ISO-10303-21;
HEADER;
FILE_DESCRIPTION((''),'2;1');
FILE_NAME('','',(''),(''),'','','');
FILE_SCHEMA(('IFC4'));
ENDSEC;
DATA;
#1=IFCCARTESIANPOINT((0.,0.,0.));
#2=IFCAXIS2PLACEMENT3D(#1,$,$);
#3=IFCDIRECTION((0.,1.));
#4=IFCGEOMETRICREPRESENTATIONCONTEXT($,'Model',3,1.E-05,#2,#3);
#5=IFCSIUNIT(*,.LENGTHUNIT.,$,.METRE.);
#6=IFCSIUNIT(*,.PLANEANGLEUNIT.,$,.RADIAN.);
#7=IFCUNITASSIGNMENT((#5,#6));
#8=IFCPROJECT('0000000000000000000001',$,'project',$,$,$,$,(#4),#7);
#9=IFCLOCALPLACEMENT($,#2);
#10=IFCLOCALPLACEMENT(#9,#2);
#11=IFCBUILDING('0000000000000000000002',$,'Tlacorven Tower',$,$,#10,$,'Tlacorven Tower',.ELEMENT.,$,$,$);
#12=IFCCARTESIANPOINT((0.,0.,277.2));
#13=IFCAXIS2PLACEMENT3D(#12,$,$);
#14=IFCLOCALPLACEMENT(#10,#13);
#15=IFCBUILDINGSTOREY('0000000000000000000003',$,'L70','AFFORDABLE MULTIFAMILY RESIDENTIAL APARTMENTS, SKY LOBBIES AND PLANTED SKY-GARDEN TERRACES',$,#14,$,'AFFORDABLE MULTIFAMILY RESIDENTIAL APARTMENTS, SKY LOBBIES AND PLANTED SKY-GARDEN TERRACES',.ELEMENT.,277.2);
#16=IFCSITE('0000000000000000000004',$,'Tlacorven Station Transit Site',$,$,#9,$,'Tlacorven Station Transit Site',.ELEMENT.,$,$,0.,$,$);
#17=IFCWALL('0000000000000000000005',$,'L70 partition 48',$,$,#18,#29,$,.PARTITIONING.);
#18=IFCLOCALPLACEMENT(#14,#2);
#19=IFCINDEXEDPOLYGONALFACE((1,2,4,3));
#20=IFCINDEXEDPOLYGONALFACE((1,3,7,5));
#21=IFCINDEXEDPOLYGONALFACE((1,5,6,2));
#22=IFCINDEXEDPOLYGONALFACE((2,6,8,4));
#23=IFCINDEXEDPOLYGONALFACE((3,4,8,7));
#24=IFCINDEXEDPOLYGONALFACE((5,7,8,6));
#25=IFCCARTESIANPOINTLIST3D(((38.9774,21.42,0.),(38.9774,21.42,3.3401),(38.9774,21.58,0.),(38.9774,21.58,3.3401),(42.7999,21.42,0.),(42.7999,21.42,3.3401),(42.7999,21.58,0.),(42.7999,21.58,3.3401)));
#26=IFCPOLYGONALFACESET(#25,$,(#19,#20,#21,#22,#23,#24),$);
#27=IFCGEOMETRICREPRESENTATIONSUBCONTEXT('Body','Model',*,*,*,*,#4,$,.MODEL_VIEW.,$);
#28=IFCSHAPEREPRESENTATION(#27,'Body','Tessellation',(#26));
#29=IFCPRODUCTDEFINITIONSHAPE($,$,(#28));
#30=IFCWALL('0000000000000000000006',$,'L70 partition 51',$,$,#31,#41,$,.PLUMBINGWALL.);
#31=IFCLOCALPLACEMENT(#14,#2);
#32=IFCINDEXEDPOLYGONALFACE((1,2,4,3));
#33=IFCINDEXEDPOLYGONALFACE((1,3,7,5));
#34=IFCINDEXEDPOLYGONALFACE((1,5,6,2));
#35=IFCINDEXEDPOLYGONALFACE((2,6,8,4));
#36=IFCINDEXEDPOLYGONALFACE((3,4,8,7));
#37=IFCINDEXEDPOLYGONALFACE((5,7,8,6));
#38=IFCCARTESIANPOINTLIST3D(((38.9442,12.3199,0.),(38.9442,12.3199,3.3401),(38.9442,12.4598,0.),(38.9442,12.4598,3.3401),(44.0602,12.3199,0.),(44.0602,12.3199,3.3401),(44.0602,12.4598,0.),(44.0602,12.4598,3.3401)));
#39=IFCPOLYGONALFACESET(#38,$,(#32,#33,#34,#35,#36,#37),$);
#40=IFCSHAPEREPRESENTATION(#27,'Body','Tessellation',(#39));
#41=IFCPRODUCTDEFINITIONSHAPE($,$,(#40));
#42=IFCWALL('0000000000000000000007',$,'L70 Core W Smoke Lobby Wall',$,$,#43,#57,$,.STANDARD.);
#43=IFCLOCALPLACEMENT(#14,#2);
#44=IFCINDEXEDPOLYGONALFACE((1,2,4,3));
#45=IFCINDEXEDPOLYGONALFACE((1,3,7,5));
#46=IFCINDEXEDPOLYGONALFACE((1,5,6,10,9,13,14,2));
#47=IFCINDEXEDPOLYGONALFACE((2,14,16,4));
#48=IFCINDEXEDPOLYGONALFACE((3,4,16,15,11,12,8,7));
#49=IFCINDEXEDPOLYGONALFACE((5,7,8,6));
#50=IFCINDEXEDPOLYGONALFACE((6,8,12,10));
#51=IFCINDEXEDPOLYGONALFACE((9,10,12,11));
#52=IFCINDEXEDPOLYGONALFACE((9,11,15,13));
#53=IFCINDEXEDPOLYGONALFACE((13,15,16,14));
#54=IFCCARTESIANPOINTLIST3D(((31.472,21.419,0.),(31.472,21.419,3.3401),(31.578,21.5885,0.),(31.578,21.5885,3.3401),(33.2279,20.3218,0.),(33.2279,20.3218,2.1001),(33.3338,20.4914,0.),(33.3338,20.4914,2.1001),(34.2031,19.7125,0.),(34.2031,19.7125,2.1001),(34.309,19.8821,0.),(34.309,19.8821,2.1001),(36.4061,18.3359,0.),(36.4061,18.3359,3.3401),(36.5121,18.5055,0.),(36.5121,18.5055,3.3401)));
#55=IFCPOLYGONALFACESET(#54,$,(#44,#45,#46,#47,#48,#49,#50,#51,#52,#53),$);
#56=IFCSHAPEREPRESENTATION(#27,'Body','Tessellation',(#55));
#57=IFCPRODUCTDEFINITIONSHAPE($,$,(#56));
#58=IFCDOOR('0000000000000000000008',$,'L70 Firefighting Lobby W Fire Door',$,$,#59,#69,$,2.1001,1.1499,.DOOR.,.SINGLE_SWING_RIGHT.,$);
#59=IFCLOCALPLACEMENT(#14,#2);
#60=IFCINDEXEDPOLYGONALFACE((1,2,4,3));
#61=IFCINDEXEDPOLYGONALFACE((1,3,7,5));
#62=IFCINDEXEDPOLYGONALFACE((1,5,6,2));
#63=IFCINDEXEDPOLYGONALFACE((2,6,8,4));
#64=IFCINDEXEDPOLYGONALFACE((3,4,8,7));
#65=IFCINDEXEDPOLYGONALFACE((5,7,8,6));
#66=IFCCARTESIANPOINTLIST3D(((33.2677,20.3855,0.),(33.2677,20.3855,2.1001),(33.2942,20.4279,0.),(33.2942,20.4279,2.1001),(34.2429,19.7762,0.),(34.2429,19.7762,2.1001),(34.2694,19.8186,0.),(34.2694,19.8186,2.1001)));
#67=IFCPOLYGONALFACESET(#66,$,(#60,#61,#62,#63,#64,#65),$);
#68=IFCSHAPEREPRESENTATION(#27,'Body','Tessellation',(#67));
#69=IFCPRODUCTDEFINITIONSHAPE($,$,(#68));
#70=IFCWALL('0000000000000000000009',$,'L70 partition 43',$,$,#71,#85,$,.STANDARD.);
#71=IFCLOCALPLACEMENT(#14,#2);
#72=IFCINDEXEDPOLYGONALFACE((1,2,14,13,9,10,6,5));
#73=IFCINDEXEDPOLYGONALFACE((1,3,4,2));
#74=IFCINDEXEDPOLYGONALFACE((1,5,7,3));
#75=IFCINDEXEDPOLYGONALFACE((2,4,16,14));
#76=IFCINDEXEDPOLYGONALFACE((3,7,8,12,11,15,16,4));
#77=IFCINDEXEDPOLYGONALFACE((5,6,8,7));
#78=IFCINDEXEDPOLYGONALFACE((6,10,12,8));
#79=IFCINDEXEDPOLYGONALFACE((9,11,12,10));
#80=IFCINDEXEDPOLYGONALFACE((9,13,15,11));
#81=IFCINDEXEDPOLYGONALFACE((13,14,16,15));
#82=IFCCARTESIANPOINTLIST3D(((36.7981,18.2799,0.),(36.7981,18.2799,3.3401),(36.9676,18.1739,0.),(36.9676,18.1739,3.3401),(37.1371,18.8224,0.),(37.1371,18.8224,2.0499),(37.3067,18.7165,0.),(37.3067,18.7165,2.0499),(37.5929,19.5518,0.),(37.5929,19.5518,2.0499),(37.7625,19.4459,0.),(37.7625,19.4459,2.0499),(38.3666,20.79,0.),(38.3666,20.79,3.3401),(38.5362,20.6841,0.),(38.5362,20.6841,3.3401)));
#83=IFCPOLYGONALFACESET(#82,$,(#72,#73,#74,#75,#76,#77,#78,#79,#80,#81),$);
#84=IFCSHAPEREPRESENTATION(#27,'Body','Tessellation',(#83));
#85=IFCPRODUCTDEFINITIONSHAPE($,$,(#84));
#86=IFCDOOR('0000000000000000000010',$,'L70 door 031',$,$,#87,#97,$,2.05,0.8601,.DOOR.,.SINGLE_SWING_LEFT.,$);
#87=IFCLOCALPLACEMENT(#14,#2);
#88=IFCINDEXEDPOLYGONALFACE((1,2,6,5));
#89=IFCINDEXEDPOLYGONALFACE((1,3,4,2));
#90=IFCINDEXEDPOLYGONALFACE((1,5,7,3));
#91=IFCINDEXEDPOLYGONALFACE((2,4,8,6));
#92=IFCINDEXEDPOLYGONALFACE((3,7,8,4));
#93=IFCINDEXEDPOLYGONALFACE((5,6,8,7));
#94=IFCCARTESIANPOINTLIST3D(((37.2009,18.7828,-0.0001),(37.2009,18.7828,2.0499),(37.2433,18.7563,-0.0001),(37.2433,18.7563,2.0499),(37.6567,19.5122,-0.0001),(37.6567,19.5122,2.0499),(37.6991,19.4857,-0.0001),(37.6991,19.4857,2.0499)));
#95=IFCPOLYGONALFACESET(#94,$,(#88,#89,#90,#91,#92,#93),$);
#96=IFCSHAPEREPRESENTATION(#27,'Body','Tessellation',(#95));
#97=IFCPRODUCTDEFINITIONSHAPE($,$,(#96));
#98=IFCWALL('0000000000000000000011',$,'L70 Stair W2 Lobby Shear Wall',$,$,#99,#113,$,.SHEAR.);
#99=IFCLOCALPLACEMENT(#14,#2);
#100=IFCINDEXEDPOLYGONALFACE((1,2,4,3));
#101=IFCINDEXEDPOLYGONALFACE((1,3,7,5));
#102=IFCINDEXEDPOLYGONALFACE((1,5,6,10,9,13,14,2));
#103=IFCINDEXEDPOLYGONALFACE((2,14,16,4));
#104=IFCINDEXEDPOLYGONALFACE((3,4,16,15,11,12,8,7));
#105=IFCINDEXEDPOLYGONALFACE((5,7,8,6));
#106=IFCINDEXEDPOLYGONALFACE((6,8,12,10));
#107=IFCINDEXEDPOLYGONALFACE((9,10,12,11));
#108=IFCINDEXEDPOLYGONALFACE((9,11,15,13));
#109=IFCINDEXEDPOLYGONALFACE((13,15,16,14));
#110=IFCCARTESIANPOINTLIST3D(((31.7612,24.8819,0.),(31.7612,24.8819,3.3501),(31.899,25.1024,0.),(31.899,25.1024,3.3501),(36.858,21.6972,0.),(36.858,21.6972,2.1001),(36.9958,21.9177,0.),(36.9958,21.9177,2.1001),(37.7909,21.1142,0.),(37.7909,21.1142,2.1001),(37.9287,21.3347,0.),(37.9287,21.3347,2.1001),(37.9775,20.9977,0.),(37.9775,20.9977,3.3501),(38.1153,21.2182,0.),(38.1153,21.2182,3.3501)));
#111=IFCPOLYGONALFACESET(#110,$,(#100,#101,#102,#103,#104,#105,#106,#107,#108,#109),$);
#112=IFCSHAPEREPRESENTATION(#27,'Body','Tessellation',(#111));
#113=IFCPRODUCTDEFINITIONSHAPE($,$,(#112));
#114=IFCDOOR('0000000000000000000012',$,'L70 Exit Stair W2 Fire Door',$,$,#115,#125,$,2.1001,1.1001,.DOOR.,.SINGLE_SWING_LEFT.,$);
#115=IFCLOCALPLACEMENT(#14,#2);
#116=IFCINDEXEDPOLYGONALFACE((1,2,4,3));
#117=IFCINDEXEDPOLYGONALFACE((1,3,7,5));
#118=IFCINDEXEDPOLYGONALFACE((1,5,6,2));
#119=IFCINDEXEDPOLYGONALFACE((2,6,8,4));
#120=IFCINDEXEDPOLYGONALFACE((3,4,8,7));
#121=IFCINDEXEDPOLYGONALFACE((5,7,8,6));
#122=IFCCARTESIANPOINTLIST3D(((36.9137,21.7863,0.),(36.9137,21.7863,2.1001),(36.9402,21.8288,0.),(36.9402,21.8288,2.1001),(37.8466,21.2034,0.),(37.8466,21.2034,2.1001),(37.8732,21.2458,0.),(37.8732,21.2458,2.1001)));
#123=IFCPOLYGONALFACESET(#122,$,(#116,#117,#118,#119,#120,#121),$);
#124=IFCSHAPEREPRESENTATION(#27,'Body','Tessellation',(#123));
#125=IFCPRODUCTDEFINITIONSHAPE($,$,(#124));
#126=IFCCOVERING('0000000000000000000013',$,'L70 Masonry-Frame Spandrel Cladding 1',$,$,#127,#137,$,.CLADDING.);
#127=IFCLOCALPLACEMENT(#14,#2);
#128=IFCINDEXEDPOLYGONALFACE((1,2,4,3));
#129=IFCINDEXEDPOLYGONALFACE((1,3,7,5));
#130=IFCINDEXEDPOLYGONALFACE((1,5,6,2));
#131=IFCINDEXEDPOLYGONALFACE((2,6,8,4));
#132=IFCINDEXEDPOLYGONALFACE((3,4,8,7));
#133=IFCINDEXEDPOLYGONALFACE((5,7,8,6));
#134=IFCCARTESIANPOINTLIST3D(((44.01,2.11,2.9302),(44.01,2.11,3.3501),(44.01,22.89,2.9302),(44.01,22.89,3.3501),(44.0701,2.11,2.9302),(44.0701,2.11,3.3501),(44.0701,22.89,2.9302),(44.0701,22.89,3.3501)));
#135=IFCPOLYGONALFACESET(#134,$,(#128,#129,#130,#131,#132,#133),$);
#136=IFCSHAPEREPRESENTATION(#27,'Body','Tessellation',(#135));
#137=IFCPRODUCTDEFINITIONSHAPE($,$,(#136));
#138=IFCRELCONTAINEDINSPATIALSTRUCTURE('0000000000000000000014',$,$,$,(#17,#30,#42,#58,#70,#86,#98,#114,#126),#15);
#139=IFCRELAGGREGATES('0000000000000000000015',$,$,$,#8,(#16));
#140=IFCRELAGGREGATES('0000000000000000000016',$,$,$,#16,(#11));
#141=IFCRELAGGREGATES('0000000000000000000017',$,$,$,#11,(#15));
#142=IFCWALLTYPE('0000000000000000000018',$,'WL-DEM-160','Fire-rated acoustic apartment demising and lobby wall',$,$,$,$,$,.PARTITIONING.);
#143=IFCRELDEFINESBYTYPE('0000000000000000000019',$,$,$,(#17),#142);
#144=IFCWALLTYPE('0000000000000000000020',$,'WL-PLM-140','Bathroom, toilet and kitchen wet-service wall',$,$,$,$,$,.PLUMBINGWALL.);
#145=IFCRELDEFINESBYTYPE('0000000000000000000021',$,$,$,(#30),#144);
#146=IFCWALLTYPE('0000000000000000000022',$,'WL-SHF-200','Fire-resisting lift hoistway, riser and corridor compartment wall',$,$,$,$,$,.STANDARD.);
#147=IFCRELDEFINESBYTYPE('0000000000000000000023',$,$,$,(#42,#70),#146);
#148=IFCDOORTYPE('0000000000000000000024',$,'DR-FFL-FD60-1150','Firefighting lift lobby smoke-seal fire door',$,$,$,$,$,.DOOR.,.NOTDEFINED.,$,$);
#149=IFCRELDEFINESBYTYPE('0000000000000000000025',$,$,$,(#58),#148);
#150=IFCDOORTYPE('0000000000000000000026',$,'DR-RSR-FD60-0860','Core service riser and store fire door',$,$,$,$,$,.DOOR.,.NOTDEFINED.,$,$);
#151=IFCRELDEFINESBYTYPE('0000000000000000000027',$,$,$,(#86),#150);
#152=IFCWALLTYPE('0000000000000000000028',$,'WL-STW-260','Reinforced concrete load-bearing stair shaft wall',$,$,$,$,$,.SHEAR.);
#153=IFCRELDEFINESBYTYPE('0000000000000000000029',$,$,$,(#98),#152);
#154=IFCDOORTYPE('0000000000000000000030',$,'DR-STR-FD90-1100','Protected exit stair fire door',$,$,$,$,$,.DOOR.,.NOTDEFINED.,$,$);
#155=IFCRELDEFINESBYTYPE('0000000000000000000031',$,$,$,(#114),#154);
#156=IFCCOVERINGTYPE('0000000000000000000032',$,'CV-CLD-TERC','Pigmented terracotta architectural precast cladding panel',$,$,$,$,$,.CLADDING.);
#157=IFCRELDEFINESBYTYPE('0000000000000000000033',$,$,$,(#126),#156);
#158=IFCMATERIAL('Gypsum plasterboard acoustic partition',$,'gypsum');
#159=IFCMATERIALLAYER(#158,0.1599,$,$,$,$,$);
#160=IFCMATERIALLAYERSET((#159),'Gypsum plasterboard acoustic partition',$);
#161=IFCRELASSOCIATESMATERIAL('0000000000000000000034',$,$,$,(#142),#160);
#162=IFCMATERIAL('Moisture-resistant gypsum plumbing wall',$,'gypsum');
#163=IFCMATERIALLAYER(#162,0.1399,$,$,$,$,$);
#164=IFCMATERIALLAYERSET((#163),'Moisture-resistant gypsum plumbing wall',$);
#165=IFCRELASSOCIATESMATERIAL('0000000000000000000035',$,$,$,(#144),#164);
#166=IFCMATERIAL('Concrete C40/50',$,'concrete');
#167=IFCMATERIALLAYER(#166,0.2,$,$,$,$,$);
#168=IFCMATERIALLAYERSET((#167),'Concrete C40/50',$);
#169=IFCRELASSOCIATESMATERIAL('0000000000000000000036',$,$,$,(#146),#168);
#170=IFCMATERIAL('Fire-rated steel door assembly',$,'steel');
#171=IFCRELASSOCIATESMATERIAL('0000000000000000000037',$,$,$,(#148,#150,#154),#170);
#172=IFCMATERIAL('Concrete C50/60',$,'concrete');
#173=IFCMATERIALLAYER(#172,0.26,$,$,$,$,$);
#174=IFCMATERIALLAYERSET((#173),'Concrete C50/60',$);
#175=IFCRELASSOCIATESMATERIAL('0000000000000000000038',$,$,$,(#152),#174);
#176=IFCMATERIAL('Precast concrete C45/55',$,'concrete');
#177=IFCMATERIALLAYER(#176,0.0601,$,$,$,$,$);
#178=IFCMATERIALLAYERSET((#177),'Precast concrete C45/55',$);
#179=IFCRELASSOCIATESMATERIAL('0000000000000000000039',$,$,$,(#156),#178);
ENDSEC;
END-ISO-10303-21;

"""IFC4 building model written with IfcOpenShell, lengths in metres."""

from ifc_helpers import new_model, si_unit, direction, frame, frame_2d, origin, origin_2d, place, context, subcontext, project, spatial, rectangle, extrude, source, transform, mapped, material, layer, layer_set, type_object, element, fill, save


model = new_model("IFC4")

# Units and contexts
model_context = context("Model", 3, precision=1e-05, world=origin(), true_north=direction((0.0, 1.0)))
body_context = subcontext(model_context, "Body", "Model", "MODEL_VIEW")
ifc_project = project(units=[si_unit("LENGTHUNIT", "METRE"), si_unit("PLANEANGLEUNIT", "RADIAN")], contexts=[model_context])

# Site, building, storey
site_placement = place(None, origin())
site = spatial("IfcSite", under=ifc_project, at=site_placement, Name="Tlacorven Station Transit Site", LongName="Tlacorven Station Transit Site", CompositionType="ELEMENT", RefElevation=0.0)
building_placement = place(site_placement, origin())
building = spatial("IfcBuilding", under=site, at=building_placement, Name="Tlacorven Tower", LongName="Tlacorven Tower", CompositionType="ELEMENT")
storey_placement = place(building_placement, frame((0.0, 0.0, 277.2)))
storey = spatial("IfcBuildingStorey", under=building, at=storey_placement, Name="L70", Description="AFFORDABLE MULTIFAMILY RESIDENTIAL APARTMENTS, SKY LOBBIES AND PLANTED SKY-GARDEN TERRACES", LongName="AFFORDABLE MULTIFAMILY RESIDENTIAL APARTMENTS, SKY LOBBIES AND PLANTED SKY-GARDEN TERRACES", CompositionType="ELEMENT", Elevation=277.2)

# Shared definitions
ifc_material_1 = material(Name="Concrete C50/60", Category="concrete")

# Shared definitions
ifc_material_2 = material(Name="Gypsum plasterboard acoustic partition", Category="gypsum")
ifc_layer_1 = layer(ifc_material_2, 0.1599)
ifc_layer_set_1 = layer_set([ifc_layer_1], Name="Gypsum plasterboard acoustic partition")
wall_type_1 = type_object("IfcWallType", Name="WL-DEM-160", Description="Fire-rated acoustic apartment demising and lobby wall", PredefinedType="PARTITIONING", material=ifc_layer_set_1)
ifc_material_3 = material(Name="Fire-rated steel door assembly", Category="steel")

# Walls
wall_1_placement = place(storey_placement, frame((38.9775, 21.5, 0.0), z_axis=(0.0, 0.0, 1.0), x_axis=(1.0, 0.0, 0.0)))
element("IfcWall", 1, at=wall_1_placement, inside=storey, type_object=wall_type_1, Name="L70 partition 48", PredefinedType="PARTITIONING", context=body_context, shape_type="SweptSolid", body=[
    extrude(rectangle(XDim=3.8225, YDim=0.1599, at=frame_2d((1.9111, 0.0))), origin(), (0.0, 0.0, 1.0), 3.3401),
])
ifc_material_4 = material(Name="Moisture-resistant gypsum plumbing wall", Category="gypsum")
ifc_layer_2 = layer(ifc_material_4, 0.1399)
ifc_layer_set_2 = layer_set([ifc_layer_2], Name="Moisture-resistant gypsum plumbing wall")
wall_type_2 = type_object("IfcWallType", Name="WL-PLM-140", Description="Bathroom, toilet and kitchen wet-service wall", PredefinedType="PLUMBINGWALL", material=ifc_layer_set_2)
wall_2_placement = place(storey_placement, frame((38.9441, 12.3899, 0.0), z_axis=(0.0, 0.0, 1.0), x_axis=(1.0, 0.0, 0.0)))
element("IfcWall", 2, at=wall_2_placement, inside=storey, type_object=wall_type_2, Name="L70 partition 51", PredefinedType="PLUMBINGWALL", context=body_context, shape_type="SweptSolid", body=[
    extrude(rectangle(XDim=5.116, YDim=0.1399, at=frame_2d((2.5581, 0.0))), origin(), (0.0, 0.0, 1.0), 3.3401),
])

# Walls, openings, doors
ifc_material_5 = material(Name="Concrete C40/50", Category="concrete")
ifc_layer_3 = layer(ifc_material_5, 0.2)
ifc_layer_set_3 = layer_set([ifc_layer_3], Name="Concrete C40/50")
wall_type_3 = type_object("IfcWallType", Name="WL-SHF-200", Description="Fire-resisting lift hoistway, riser and corridor compartment wall", PredefinedType="STANDARD", material=ifc_layer_set_3)
wall_3_placement = place(storey_placement, frame((36.4592, 18.4207, 0.0), z_axis=(0.0, 0.0, 1.0), x_axis=(-0.84806, 0.529901, 0.0)))
wall_3 = element("IfcWall", 3, at=wall_3_placement, inside=storey, type_object=wall_type_3, Name="L70 Core W Smoke Lobby Wall", PredefinedType="STANDARD", context=body_context, shape_type="SweptSolid", body=[
    extrude(rectangle(XDim=5.8181, YDim=0.2, at=frame_2d((2.9092, 0.0))), origin(), (0.0, 0.0, 1.0), 3.3401),
])
opening_1_placement = place(wall_3_placement, frame((2.5979, 0.0, 0.0)))
opening_1 = element("IfcOpeningElement", 4, at=opening_1_placement, cuts=wall_3, PredefinedType="OPENING", context=body_context, shape_type="SweptSolid", body=[
    extrude(rectangle(XDim=1.1499, YDim=2.1001, at=frame_2d((0.575, 1.05))), frame((0.0, 0.1099, 0.0), z_axis=(0.0, -1.0, 0.0), x_axis=(1.0, 0.0, 0.0)), (0.0, 0.0, 1.0), 0.22),
])
door_type_1 = type_object("IfcDoorType", Name="DR-FFL-FD60-1150", Description="Firefighting lift lobby smoke-seal fire door", OperationType="NOTDEFINED", PredefinedType="DOOR", material=ifc_material_3)
shared_shape_1 = source(origin(), body_context, "Body", "SweptSolid", [
    extrude(rectangle(XDim=1.1499, YDim=2.1001, at=frame_2d((0.575, 1.05))), frame((0.0, 0.0249, 0.0), z_axis=(0.0, -1.0, 0.0), x_axis=(1.0, 0.0, 0.0)), (0.0, 0.0, 1.0), 0.05),
])
door_1_placement = place(opening_1_placement, origin())
door_1 = element("IfcDoor", 5, at=door_1_placement, inside=storey, type_object=door_type_1, Name="L70 Firefighting Lobby W Fire Door", OperationType="SINGLE_SWING_RIGHT", OverallHeight=2.1001, OverallWidth=1.1499, PredefinedType="DOOR", context=body_context, shape_type="MappedRepresentation", body=[
    mapped(shared_shape_1, transform((0.0, 0.0, 0.0), scale=1.0)),
])
fill(opening_1, door_1)
wall_4_placement = place(storey_placement, frame((38.4514, 20.7371, 0.0), z_axis=(0.0, 0.0, 1.0), x_axis=(-0.529925, -0.848045, 0.0)))
wall_4 = element("IfcWall", 6, at=wall_4_placement, inside=storey, type_object=wall_type_3, Name="L70 partition 43", PredefinedType="STANDARD", context=body_context, shape_type="SweptSolid", body=[
    extrude(rectangle(XDim=2.96, YDim=0.2, at=frame_2d((1.48, 0.0))), origin(), (0.0, 0.0, 1.0), 3.3401),
])
opening_2_placement = place(wall_4_placement, frame((1.46, 0.0, 0.0)))
opening_2 = element("IfcOpeningElement", 7, at=opening_2_placement, cuts=wall_4, PredefinedType="OPENING", context=body_context, shape_type="SweptSolid", body=[
    extrude(rectangle(XDim=0.8601, YDim=2.05, at=frame_2d((0.4302, 1.0249))), frame((0.0, 0.1099, 0.0), z_axis=(0.0, -1.0, 0.0), x_axis=(1.0, 0.0, 0.0)), (0.0, 0.0, 1.0), 0.22),
])
door_type_2 = type_object("IfcDoorType", Name="DR-RSR-FD60-0860", Description="Core service riser and store fire door", OperationType="NOTDEFINED", PredefinedType="DOOR", material=ifc_material_3)
shared_shape_2 = source(origin(), body_context, "Body", "SweptSolid", [
    extrude(rectangle(XDim=0.8601, YDim=2.05, at=frame_2d((0.4302, 1.0249))), frame((0.0, 0.0249, 0.0), z_axis=(0.0, -1.0, 0.0), x_axis=(1.0, 0.0, 0.0)), (0.0, 0.0, 1.0), 0.05),
])
door_2_placement = place(opening_2_placement, frame((0.8601, 0.0, 0.0), z_axis=(0.0, 0.0, 1.0), x_axis=(-1.0, 0.0, 0.0)))
door_2 = element("IfcDoor", 8, at=door_2_placement, inside=storey, type_object=door_type_2, Name="L70 door 031", OperationType="SINGLE_SWING_LEFT", OverallHeight=2.05, OverallWidth=0.8601, PredefinedType="DOOR", context=body_context, shape_type="MappedRepresentation", body=[
    mapped(shared_shape_2, transform((0.0, 0.0, 0.0), scale=1.0)),
])
fill(opening_2, door_2)
ifc_layer_4 = layer(ifc_material_1, 0.26)
ifc_layer_set_4 = layer_set([ifc_layer_4], Name="Concrete C50/60")
wall_type_4 = type_object("IfcWallType", Name="WL-STW-260", Description="Reinforced concrete load-bearing stair shaft wall", PredefinedType="SHEAR", material=ifc_layer_set_4)
wall_5_placement = place(storey_placement, frame((38.0464, 21.1079, 0.0), z_axis=(0.0, 0.0, 1.0), x_axis=(-0.848054, 0.529909, 0.0)))
wall_5 = element("IfcWall", 9, at=wall_5_placement, inside=storey, type_object=wall_type_4, Name="L70 Stair W2 Lobby Shear Wall", PredefinedType="SHEAR", context=body_context, shape_type="SweptSolid", body=[
    extrude(rectangle(XDim=7.3301, YDim=0.26, at=frame_2d((3.665, 0.0))), origin(), (0.0, 0.0, 1.0), 3.3501),
])
opening_3_placement = place(wall_5_placement, frame((0.22, 0.0, 0.0)))
opening_3 = element("IfcOpeningElement", 10, at=opening_3_placement, cuts=wall_5, PredefinedType="OPENING", context=body_context, shape_type="SweptSolid", body=[
    extrude(rectangle(XDim=1.1001, YDim=2.1001, at=frame_2d((0.55, 1.05))), frame((0.0, 0.1401, 0.0), z_axis=(0.0, -1.0, 0.0), x_axis=(1.0, 0.0, 0.0)), (0.0, 0.0, 1.0), 0.28),
])
door_type_3 = type_object("IfcDoorType", Name="DR-STR-FD90-1100", Description="Protected exit stair fire door", OperationType="NOTDEFINED", PredefinedType="DOOR", material=ifc_material_3)
shared_shape_3 = source(origin(), body_context, "Body", "SweptSolid", [
    extrude(rectangle(XDim=1.1001, YDim=2.1001, at=frame_2d((0.55, 1.05))), frame((0.0, 0.0249, 0.0), z_axis=(0.0, -1.0, 0.0), x_axis=(1.0, 0.0, 0.0)), (0.0, 0.0, 1.0), 0.05),
])
door_3_placement = place(opening_3_placement, origin())
door_3 = element("IfcDoor", 11, at=door_3_placement, inside=storey, type_object=door_type_3, Name="L70 Exit Stair W2 Fire Door", OperationType="SINGLE_SWING_LEFT", OverallHeight=2.1001, OverallWidth=1.1001, PredefinedType="DOOR", context=body_context, shape_type="MappedRepresentation", body=[
    mapped(shared_shape_3, transform((0.0, 0.0, 0.0), scale=1.0)),
])
fill(opening_3, door_3)

# Covering
ifc_material_6 = material(Name="Precast concrete C45/55", Category="concrete")
ifc_layer_5 = layer(ifc_material_6, 0.0601)
ifc_layer_set_5 = layer_set([ifc_layer_5], Name="Precast concrete C45/55")
covering_type = type_object("IfcCoveringType", Name="CV-CLD-TERC", Description="Pigmented terracotta architectural precast cladding panel", PredefinedType="CLADDING", material=ifc_layer_set_5)
shared_shape_4 = source(origin(), body_context, "Body", "SweptSolid", [
    extrude(rectangle(XDim=20.78, YDim=0.0601, at=origin_2d()), origin(), (0.0, 0.0, 1.0), 0.4199),
])
covering_placement = place(storey_placement, frame((44.04, 12.5, 2.9302), z_axis=(0.0, 0.0, 1.0), x_axis=(0.0, -1.0, 0.0)))
element("IfcCovering", 12, at=covering_placement, inside=storey, type_object=covering_type, Name="L70 Masonry-Frame Spandrel Cladding 1", PredefinedType="CLADDING", context=body_context, shape_type="MappedRepresentation", body=[
    mapped(shared_shape_4, transform((0.0, 0.0, 0.0), scale=1.0)),
])

save(model, "model.ifc")
